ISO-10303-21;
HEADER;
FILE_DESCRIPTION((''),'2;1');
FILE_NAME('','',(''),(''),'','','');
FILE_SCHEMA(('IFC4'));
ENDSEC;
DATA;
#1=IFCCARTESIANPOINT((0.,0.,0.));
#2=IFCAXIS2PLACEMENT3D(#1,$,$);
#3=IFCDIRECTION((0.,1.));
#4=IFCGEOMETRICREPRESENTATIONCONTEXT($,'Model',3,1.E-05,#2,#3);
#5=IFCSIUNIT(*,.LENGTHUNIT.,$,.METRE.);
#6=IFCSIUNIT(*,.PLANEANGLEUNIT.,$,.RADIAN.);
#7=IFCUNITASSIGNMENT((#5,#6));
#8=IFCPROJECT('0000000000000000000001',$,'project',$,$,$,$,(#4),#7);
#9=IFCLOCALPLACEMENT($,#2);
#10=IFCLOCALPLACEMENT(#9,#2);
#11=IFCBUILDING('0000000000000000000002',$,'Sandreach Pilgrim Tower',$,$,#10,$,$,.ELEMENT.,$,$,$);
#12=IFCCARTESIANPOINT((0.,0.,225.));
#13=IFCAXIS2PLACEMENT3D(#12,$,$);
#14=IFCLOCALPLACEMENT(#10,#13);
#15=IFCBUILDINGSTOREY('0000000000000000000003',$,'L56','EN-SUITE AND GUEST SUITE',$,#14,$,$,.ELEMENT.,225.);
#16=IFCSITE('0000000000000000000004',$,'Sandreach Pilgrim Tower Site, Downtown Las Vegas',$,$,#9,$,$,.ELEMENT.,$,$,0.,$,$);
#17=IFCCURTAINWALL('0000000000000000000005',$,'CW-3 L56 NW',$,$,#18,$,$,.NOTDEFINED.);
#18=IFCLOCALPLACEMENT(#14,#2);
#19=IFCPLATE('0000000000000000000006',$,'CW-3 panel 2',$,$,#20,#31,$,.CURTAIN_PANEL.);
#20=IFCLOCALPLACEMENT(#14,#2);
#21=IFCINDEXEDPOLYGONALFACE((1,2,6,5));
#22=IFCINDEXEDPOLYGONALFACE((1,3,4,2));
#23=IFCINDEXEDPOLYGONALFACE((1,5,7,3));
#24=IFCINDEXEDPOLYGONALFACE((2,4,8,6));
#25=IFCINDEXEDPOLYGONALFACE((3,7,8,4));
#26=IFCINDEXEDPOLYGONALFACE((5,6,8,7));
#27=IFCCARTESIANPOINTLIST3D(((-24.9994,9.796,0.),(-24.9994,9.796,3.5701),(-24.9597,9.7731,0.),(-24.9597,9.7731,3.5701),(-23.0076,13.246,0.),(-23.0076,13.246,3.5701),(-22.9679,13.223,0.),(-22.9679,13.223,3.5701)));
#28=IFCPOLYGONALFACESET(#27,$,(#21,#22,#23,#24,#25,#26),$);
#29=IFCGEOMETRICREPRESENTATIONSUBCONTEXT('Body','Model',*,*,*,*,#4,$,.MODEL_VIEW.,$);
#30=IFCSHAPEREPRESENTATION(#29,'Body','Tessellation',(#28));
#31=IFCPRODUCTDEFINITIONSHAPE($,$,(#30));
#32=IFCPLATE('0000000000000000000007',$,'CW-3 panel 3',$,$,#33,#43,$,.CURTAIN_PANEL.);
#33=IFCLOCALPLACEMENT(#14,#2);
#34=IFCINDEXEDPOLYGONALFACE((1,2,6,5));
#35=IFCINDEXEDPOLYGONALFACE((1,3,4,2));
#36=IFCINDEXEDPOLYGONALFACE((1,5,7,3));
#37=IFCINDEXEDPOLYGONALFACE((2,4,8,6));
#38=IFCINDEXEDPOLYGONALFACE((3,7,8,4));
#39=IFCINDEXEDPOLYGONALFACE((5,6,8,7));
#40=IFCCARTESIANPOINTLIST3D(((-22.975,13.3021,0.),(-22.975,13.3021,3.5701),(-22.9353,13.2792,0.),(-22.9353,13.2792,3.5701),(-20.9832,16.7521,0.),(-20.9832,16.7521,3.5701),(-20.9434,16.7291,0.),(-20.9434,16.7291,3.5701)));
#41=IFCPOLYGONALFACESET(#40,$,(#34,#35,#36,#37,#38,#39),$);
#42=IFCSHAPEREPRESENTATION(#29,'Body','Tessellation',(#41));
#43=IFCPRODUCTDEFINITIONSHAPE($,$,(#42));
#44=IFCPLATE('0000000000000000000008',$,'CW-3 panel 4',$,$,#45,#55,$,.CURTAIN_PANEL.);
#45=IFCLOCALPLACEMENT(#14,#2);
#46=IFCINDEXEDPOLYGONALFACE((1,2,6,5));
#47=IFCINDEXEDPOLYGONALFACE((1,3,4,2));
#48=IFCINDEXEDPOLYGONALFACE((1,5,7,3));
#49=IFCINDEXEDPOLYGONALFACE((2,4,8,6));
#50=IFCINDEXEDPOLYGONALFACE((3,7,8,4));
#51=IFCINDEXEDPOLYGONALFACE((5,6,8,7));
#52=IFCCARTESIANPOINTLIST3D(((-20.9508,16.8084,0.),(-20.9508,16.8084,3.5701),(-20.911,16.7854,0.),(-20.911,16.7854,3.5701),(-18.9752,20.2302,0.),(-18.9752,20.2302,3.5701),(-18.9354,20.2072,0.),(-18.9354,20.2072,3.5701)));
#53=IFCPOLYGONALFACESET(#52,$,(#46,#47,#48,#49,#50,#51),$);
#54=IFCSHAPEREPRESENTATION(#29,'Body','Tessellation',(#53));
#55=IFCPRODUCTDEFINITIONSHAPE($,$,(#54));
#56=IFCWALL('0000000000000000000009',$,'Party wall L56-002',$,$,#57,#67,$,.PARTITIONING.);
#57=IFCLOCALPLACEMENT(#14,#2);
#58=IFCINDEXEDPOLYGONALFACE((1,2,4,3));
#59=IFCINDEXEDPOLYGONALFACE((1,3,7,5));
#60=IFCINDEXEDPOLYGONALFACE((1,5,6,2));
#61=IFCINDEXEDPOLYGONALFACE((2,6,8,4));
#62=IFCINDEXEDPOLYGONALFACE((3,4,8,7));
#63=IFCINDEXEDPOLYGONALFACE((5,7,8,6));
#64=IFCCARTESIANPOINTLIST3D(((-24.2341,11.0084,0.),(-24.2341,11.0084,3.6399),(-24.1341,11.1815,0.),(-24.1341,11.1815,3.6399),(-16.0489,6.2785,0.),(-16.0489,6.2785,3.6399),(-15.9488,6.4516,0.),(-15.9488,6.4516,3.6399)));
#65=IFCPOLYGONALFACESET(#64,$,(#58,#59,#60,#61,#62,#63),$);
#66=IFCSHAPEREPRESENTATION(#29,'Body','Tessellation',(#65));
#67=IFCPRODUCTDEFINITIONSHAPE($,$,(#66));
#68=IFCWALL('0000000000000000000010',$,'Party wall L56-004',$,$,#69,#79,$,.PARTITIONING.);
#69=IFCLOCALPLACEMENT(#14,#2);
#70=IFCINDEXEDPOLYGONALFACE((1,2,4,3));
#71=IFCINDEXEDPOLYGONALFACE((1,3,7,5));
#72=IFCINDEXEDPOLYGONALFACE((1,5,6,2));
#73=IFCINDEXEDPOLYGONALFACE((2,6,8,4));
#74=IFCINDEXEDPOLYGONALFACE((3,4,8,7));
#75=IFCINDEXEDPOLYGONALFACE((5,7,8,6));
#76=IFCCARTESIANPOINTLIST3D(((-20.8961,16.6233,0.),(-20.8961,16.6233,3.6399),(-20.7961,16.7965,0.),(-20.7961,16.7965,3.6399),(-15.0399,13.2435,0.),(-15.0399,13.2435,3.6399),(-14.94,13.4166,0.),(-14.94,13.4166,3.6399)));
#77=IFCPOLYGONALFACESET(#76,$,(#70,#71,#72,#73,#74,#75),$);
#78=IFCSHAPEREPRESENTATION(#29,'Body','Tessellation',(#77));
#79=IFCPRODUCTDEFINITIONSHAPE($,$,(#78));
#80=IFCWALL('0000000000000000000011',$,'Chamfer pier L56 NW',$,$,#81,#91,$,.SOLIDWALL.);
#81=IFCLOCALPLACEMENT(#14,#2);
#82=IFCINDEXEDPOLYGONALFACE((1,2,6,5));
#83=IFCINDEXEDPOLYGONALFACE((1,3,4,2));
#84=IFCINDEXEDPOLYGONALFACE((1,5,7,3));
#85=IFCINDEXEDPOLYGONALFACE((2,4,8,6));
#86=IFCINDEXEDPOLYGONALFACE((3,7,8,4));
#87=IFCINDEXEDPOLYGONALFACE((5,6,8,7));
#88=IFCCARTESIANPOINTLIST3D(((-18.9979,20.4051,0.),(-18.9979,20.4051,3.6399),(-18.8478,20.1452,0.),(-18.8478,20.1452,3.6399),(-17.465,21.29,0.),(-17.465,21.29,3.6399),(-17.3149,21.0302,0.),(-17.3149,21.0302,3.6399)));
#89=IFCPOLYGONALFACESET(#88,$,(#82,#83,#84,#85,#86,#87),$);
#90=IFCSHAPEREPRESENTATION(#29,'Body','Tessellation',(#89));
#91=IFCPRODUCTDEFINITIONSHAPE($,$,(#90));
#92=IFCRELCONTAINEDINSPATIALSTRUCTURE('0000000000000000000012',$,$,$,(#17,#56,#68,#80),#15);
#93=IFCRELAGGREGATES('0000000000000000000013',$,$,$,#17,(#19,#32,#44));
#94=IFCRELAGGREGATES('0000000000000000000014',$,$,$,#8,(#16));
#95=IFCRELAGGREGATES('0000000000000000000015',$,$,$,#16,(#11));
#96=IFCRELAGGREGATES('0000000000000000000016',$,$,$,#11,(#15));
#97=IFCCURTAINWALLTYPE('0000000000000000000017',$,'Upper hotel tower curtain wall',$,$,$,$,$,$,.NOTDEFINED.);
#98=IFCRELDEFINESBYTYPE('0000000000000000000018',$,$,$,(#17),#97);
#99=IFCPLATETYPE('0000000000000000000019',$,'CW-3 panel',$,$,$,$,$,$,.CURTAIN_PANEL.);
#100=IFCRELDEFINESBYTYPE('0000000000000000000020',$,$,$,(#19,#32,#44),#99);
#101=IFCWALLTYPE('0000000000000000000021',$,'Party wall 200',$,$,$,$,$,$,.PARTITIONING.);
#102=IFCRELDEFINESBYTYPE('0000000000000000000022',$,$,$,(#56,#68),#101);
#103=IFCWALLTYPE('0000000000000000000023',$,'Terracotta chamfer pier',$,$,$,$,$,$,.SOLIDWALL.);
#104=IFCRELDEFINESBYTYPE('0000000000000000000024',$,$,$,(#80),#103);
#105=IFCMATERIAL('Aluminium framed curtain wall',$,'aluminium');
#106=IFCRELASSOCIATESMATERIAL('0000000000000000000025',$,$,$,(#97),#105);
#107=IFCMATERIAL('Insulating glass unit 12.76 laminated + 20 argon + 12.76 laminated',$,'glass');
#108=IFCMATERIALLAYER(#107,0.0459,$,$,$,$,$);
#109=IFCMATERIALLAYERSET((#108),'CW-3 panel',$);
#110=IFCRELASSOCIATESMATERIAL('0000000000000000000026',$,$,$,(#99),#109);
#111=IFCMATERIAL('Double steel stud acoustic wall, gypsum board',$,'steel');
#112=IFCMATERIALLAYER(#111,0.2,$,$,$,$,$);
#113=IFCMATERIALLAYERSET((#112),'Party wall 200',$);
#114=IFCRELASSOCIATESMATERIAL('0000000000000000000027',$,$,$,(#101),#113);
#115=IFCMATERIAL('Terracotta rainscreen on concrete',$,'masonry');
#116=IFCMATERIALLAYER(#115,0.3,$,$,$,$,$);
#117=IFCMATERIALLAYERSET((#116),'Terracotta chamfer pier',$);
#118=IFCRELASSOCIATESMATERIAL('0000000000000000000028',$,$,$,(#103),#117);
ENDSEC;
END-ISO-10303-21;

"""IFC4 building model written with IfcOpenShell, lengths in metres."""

from ifc_helpers import new_model, si_unit, direction, frame, frame_2d, origin, origin_2d, place, context, subcontext, project, spatial, rectangle, extrude, material, layer, layer_set, type_object, element, aggregate, save


model = new_model("IFC4")

# Units and contexts
model_context = context("Model", 3, precision=1e-05, world=origin(), true_north=direction((0.0, 1.0)))
body_context = subcontext(model_context, "Body", "Model", "MODEL_VIEW")
ifc_project = project(units=[si_unit("LENGTHUNIT", "METRE"), si_unit("PLANEANGLEUNIT", "RADIAN")], contexts=[model_context])

# Site, building, storey
site_placement = place(None, origin())
site = spatial("IfcSite", under=ifc_project, at=site_placement, Name="Sandreach Pilgrim Tower Site, Downtown Las Vegas", CompositionType="ELEMENT", RefElevation=0.0)
building_placement = place(site_placement, origin())
building = spatial("IfcBuilding", under=site, at=building_placement, Name="Sandreach Pilgrim Tower", CompositionType="ELEMENT")
storey_placement = place(building_placement, frame((0.0, 0.0, 225.0)))
storey = spatial("IfcBuildingStorey", under=building, at=storey_placement, Name="L56", Description="EN-SUITE AND GUEST SUITE", CompositionType="ELEMENT", Elevation=225.0)

# Shared definitions
ifc_material_1 = material(Name="Aluminium framed curtain wall", Category="aluminium")
curtain_wall_type = type_object("IfcCurtainWallType", Name="Upper hotel tower curtain wall", PredefinedType="NOTDEFINED", material=ifc_material_1)

# Curtain wall
curtain_wall_1_placement = place(storey_placement, origin())
curtain_wall_1 = element("IfcCurtainWall", 1, at=curtain_wall_1_placement, inside=storey, type_object=curtain_wall_type, Name="CW-3 L56 NW", PredefinedType="NOTDEFINED")

# Plates
ifc_material_2 = material(Name="Insulating glass unit 12.76 laminated + 20 argon + 12.76 laminated", Category="glass")
ifc_layer_1 = layer(ifc_material_2, 0.0459)
ifc_layer_set_1 = layer_set([ifc_layer_1], Name="CW-3 panel")
plate_type = type_object("IfcPlateType", Name="CW-3 panel", PredefinedType="CURTAIN_PANEL", material=ifc_layer_set_1)
plate_1_placement = place(storey_placement, frame((-23.9836, 11.5095, 0.0), z_axis=(0.0, 0.0, 1.0), x_axis=(0.5, 0.866025, 0.0)))
plate_1 = element("IfcPlate", 2, at=plate_1_placement, type_object=plate_type, Name="CW-3 panel 2", PredefinedType="CURTAIN_PANEL", context=body_context, shape_type="SweptSolid", body=[
    extrude(rectangle(XDim=3.9836, YDim=0.0459, at=origin_2d()), origin(), (0.0, 0.0, 1.0), 3.5701),
])
plate_2_placement = place(storey_placement, frame((-21.9592, 15.0156, 0.0), z_axis=(0.0, 0.0, 1.0), x_axis=(0.5, 0.866025, 0.0)))
plate_2 = element("IfcPlate", 3, at=plate_2_placement, type_object=plate_type, Name="CW-3 panel 3", PredefinedType="CURTAIN_PANEL", context=body_context, shape_type="SweptSolid", body=[
    extrude(rectangle(XDim=3.9836, YDim=0.0459, at=origin_2d()), origin(), (0.0, 0.0, 1.0), 3.5701),
])
plate_3_placement = place(storey_placement, frame((-19.9431, 18.5078, 0.0), z_axis=(0.0, 0.0, 1.0), x_axis=(0.5, 0.866025, 0.0)))
plate_3 = element("IfcPlate", 4, at=plate_3_placement, type_object=plate_type, Name="CW-3 panel 4", PredefinedType="CURTAIN_PANEL", context=body_context, shape_type="SweptSolid", body=[
    extrude(rectangle(XDim=3.9512, YDim=0.0459, at=origin_2d()), origin(), (0.0, 0.0, 1.0), 3.5701),
])
aggregate(curtain_wall_1, [plate_1, plate_2, plate_3])

# Walls
ifc_material_3 = material(Name="Double steel stud acoustic wall, gypsum board", Category="steel")
ifc_layer_2 = layer(ifc_material_3, 0.2)
ifc_layer_set_2 = layer_set([ifc_layer_2], Name="Party wall 200")
wall_type_1 = type_object("IfcWallType", Name="Party wall 200", PredefinedType="PARTITIONING", material=ifc_layer_set_2)
wall_1_placement = place(storey_placement, frame((-24.1841, 11.095, 0.0), z_axis=(0.0, 0.0, 1.0), x_axis=(0.865833, -0.500333, 0.0)))
element("IfcWall", 5, at=wall_1_placement, inside=storey, type_object=wall_type_1, Name="Party wall L56-002", PredefinedType="PARTITIONING", context=body_context, shape_type="SweptSolid", body=[
    extrude(rectangle(XDim=9.4536, YDim=0.2, at=frame_2d((4.7268, 0.0))), origin(), (0.0, 0.0, 1.0), 3.6399),
])
wall_2_placement = place(storey_placement, frame((-20.8462, 16.71, 0.0), z_axis=(0.0, 0.0, 1.0), x_axis=(0.866102, -0.499867, 0.0)))
element("IfcWall", 6, at=wall_2_placement, inside=storey, type_object=wall_type_1, Name="Party wall L56-004", PredefinedType="PARTITIONING", context=body_context, shape_type="SweptSolid", body=[
    extrude(rectangle(XDim=6.7615, YDim=0.2, at=frame_2d((3.3809, 0.0))), origin(), (0.0, 0.0, 1.0), 3.6399),
])
ifc_material_4 = material(Name="Terracotta rainscreen on concrete", Category="masonry")
ifc_layer_3 = layer(ifc_material_4, 0.3)
ifc_layer_set_3 = layer_set([ifc_layer_3], Name="Terracotta chamfer pier")
wall_type_2 = type_object("IfcWallType", Name="Terracotta chamfer pier", PredefinedType="SOLIDWALL", material=ifc_layer_set_3)
wall_3_placement = place(storey_placement, frame((-18.9229, 20.2751, 0.0), z_axis=(0.0, 0.0, 1.0), x_axis=(0.866036, 0.499981, 0.0)))
element("IfcWall", 7, at=wall_3_placement, inside=storey, type_object=wall_type_2, Name="Chamfer pier L56 NW", PredefinedType="SOLIDWALL", context=body_context, shape_type="SweptSolid", body=[
    extrude(rectangle(XDim=1.77, YDim=0.3, at=frame_2d((0.885, 0.0))), origin(), (0.0, 0.0, 1.0), 3.6399),
])

save(model, "model.ifc")
